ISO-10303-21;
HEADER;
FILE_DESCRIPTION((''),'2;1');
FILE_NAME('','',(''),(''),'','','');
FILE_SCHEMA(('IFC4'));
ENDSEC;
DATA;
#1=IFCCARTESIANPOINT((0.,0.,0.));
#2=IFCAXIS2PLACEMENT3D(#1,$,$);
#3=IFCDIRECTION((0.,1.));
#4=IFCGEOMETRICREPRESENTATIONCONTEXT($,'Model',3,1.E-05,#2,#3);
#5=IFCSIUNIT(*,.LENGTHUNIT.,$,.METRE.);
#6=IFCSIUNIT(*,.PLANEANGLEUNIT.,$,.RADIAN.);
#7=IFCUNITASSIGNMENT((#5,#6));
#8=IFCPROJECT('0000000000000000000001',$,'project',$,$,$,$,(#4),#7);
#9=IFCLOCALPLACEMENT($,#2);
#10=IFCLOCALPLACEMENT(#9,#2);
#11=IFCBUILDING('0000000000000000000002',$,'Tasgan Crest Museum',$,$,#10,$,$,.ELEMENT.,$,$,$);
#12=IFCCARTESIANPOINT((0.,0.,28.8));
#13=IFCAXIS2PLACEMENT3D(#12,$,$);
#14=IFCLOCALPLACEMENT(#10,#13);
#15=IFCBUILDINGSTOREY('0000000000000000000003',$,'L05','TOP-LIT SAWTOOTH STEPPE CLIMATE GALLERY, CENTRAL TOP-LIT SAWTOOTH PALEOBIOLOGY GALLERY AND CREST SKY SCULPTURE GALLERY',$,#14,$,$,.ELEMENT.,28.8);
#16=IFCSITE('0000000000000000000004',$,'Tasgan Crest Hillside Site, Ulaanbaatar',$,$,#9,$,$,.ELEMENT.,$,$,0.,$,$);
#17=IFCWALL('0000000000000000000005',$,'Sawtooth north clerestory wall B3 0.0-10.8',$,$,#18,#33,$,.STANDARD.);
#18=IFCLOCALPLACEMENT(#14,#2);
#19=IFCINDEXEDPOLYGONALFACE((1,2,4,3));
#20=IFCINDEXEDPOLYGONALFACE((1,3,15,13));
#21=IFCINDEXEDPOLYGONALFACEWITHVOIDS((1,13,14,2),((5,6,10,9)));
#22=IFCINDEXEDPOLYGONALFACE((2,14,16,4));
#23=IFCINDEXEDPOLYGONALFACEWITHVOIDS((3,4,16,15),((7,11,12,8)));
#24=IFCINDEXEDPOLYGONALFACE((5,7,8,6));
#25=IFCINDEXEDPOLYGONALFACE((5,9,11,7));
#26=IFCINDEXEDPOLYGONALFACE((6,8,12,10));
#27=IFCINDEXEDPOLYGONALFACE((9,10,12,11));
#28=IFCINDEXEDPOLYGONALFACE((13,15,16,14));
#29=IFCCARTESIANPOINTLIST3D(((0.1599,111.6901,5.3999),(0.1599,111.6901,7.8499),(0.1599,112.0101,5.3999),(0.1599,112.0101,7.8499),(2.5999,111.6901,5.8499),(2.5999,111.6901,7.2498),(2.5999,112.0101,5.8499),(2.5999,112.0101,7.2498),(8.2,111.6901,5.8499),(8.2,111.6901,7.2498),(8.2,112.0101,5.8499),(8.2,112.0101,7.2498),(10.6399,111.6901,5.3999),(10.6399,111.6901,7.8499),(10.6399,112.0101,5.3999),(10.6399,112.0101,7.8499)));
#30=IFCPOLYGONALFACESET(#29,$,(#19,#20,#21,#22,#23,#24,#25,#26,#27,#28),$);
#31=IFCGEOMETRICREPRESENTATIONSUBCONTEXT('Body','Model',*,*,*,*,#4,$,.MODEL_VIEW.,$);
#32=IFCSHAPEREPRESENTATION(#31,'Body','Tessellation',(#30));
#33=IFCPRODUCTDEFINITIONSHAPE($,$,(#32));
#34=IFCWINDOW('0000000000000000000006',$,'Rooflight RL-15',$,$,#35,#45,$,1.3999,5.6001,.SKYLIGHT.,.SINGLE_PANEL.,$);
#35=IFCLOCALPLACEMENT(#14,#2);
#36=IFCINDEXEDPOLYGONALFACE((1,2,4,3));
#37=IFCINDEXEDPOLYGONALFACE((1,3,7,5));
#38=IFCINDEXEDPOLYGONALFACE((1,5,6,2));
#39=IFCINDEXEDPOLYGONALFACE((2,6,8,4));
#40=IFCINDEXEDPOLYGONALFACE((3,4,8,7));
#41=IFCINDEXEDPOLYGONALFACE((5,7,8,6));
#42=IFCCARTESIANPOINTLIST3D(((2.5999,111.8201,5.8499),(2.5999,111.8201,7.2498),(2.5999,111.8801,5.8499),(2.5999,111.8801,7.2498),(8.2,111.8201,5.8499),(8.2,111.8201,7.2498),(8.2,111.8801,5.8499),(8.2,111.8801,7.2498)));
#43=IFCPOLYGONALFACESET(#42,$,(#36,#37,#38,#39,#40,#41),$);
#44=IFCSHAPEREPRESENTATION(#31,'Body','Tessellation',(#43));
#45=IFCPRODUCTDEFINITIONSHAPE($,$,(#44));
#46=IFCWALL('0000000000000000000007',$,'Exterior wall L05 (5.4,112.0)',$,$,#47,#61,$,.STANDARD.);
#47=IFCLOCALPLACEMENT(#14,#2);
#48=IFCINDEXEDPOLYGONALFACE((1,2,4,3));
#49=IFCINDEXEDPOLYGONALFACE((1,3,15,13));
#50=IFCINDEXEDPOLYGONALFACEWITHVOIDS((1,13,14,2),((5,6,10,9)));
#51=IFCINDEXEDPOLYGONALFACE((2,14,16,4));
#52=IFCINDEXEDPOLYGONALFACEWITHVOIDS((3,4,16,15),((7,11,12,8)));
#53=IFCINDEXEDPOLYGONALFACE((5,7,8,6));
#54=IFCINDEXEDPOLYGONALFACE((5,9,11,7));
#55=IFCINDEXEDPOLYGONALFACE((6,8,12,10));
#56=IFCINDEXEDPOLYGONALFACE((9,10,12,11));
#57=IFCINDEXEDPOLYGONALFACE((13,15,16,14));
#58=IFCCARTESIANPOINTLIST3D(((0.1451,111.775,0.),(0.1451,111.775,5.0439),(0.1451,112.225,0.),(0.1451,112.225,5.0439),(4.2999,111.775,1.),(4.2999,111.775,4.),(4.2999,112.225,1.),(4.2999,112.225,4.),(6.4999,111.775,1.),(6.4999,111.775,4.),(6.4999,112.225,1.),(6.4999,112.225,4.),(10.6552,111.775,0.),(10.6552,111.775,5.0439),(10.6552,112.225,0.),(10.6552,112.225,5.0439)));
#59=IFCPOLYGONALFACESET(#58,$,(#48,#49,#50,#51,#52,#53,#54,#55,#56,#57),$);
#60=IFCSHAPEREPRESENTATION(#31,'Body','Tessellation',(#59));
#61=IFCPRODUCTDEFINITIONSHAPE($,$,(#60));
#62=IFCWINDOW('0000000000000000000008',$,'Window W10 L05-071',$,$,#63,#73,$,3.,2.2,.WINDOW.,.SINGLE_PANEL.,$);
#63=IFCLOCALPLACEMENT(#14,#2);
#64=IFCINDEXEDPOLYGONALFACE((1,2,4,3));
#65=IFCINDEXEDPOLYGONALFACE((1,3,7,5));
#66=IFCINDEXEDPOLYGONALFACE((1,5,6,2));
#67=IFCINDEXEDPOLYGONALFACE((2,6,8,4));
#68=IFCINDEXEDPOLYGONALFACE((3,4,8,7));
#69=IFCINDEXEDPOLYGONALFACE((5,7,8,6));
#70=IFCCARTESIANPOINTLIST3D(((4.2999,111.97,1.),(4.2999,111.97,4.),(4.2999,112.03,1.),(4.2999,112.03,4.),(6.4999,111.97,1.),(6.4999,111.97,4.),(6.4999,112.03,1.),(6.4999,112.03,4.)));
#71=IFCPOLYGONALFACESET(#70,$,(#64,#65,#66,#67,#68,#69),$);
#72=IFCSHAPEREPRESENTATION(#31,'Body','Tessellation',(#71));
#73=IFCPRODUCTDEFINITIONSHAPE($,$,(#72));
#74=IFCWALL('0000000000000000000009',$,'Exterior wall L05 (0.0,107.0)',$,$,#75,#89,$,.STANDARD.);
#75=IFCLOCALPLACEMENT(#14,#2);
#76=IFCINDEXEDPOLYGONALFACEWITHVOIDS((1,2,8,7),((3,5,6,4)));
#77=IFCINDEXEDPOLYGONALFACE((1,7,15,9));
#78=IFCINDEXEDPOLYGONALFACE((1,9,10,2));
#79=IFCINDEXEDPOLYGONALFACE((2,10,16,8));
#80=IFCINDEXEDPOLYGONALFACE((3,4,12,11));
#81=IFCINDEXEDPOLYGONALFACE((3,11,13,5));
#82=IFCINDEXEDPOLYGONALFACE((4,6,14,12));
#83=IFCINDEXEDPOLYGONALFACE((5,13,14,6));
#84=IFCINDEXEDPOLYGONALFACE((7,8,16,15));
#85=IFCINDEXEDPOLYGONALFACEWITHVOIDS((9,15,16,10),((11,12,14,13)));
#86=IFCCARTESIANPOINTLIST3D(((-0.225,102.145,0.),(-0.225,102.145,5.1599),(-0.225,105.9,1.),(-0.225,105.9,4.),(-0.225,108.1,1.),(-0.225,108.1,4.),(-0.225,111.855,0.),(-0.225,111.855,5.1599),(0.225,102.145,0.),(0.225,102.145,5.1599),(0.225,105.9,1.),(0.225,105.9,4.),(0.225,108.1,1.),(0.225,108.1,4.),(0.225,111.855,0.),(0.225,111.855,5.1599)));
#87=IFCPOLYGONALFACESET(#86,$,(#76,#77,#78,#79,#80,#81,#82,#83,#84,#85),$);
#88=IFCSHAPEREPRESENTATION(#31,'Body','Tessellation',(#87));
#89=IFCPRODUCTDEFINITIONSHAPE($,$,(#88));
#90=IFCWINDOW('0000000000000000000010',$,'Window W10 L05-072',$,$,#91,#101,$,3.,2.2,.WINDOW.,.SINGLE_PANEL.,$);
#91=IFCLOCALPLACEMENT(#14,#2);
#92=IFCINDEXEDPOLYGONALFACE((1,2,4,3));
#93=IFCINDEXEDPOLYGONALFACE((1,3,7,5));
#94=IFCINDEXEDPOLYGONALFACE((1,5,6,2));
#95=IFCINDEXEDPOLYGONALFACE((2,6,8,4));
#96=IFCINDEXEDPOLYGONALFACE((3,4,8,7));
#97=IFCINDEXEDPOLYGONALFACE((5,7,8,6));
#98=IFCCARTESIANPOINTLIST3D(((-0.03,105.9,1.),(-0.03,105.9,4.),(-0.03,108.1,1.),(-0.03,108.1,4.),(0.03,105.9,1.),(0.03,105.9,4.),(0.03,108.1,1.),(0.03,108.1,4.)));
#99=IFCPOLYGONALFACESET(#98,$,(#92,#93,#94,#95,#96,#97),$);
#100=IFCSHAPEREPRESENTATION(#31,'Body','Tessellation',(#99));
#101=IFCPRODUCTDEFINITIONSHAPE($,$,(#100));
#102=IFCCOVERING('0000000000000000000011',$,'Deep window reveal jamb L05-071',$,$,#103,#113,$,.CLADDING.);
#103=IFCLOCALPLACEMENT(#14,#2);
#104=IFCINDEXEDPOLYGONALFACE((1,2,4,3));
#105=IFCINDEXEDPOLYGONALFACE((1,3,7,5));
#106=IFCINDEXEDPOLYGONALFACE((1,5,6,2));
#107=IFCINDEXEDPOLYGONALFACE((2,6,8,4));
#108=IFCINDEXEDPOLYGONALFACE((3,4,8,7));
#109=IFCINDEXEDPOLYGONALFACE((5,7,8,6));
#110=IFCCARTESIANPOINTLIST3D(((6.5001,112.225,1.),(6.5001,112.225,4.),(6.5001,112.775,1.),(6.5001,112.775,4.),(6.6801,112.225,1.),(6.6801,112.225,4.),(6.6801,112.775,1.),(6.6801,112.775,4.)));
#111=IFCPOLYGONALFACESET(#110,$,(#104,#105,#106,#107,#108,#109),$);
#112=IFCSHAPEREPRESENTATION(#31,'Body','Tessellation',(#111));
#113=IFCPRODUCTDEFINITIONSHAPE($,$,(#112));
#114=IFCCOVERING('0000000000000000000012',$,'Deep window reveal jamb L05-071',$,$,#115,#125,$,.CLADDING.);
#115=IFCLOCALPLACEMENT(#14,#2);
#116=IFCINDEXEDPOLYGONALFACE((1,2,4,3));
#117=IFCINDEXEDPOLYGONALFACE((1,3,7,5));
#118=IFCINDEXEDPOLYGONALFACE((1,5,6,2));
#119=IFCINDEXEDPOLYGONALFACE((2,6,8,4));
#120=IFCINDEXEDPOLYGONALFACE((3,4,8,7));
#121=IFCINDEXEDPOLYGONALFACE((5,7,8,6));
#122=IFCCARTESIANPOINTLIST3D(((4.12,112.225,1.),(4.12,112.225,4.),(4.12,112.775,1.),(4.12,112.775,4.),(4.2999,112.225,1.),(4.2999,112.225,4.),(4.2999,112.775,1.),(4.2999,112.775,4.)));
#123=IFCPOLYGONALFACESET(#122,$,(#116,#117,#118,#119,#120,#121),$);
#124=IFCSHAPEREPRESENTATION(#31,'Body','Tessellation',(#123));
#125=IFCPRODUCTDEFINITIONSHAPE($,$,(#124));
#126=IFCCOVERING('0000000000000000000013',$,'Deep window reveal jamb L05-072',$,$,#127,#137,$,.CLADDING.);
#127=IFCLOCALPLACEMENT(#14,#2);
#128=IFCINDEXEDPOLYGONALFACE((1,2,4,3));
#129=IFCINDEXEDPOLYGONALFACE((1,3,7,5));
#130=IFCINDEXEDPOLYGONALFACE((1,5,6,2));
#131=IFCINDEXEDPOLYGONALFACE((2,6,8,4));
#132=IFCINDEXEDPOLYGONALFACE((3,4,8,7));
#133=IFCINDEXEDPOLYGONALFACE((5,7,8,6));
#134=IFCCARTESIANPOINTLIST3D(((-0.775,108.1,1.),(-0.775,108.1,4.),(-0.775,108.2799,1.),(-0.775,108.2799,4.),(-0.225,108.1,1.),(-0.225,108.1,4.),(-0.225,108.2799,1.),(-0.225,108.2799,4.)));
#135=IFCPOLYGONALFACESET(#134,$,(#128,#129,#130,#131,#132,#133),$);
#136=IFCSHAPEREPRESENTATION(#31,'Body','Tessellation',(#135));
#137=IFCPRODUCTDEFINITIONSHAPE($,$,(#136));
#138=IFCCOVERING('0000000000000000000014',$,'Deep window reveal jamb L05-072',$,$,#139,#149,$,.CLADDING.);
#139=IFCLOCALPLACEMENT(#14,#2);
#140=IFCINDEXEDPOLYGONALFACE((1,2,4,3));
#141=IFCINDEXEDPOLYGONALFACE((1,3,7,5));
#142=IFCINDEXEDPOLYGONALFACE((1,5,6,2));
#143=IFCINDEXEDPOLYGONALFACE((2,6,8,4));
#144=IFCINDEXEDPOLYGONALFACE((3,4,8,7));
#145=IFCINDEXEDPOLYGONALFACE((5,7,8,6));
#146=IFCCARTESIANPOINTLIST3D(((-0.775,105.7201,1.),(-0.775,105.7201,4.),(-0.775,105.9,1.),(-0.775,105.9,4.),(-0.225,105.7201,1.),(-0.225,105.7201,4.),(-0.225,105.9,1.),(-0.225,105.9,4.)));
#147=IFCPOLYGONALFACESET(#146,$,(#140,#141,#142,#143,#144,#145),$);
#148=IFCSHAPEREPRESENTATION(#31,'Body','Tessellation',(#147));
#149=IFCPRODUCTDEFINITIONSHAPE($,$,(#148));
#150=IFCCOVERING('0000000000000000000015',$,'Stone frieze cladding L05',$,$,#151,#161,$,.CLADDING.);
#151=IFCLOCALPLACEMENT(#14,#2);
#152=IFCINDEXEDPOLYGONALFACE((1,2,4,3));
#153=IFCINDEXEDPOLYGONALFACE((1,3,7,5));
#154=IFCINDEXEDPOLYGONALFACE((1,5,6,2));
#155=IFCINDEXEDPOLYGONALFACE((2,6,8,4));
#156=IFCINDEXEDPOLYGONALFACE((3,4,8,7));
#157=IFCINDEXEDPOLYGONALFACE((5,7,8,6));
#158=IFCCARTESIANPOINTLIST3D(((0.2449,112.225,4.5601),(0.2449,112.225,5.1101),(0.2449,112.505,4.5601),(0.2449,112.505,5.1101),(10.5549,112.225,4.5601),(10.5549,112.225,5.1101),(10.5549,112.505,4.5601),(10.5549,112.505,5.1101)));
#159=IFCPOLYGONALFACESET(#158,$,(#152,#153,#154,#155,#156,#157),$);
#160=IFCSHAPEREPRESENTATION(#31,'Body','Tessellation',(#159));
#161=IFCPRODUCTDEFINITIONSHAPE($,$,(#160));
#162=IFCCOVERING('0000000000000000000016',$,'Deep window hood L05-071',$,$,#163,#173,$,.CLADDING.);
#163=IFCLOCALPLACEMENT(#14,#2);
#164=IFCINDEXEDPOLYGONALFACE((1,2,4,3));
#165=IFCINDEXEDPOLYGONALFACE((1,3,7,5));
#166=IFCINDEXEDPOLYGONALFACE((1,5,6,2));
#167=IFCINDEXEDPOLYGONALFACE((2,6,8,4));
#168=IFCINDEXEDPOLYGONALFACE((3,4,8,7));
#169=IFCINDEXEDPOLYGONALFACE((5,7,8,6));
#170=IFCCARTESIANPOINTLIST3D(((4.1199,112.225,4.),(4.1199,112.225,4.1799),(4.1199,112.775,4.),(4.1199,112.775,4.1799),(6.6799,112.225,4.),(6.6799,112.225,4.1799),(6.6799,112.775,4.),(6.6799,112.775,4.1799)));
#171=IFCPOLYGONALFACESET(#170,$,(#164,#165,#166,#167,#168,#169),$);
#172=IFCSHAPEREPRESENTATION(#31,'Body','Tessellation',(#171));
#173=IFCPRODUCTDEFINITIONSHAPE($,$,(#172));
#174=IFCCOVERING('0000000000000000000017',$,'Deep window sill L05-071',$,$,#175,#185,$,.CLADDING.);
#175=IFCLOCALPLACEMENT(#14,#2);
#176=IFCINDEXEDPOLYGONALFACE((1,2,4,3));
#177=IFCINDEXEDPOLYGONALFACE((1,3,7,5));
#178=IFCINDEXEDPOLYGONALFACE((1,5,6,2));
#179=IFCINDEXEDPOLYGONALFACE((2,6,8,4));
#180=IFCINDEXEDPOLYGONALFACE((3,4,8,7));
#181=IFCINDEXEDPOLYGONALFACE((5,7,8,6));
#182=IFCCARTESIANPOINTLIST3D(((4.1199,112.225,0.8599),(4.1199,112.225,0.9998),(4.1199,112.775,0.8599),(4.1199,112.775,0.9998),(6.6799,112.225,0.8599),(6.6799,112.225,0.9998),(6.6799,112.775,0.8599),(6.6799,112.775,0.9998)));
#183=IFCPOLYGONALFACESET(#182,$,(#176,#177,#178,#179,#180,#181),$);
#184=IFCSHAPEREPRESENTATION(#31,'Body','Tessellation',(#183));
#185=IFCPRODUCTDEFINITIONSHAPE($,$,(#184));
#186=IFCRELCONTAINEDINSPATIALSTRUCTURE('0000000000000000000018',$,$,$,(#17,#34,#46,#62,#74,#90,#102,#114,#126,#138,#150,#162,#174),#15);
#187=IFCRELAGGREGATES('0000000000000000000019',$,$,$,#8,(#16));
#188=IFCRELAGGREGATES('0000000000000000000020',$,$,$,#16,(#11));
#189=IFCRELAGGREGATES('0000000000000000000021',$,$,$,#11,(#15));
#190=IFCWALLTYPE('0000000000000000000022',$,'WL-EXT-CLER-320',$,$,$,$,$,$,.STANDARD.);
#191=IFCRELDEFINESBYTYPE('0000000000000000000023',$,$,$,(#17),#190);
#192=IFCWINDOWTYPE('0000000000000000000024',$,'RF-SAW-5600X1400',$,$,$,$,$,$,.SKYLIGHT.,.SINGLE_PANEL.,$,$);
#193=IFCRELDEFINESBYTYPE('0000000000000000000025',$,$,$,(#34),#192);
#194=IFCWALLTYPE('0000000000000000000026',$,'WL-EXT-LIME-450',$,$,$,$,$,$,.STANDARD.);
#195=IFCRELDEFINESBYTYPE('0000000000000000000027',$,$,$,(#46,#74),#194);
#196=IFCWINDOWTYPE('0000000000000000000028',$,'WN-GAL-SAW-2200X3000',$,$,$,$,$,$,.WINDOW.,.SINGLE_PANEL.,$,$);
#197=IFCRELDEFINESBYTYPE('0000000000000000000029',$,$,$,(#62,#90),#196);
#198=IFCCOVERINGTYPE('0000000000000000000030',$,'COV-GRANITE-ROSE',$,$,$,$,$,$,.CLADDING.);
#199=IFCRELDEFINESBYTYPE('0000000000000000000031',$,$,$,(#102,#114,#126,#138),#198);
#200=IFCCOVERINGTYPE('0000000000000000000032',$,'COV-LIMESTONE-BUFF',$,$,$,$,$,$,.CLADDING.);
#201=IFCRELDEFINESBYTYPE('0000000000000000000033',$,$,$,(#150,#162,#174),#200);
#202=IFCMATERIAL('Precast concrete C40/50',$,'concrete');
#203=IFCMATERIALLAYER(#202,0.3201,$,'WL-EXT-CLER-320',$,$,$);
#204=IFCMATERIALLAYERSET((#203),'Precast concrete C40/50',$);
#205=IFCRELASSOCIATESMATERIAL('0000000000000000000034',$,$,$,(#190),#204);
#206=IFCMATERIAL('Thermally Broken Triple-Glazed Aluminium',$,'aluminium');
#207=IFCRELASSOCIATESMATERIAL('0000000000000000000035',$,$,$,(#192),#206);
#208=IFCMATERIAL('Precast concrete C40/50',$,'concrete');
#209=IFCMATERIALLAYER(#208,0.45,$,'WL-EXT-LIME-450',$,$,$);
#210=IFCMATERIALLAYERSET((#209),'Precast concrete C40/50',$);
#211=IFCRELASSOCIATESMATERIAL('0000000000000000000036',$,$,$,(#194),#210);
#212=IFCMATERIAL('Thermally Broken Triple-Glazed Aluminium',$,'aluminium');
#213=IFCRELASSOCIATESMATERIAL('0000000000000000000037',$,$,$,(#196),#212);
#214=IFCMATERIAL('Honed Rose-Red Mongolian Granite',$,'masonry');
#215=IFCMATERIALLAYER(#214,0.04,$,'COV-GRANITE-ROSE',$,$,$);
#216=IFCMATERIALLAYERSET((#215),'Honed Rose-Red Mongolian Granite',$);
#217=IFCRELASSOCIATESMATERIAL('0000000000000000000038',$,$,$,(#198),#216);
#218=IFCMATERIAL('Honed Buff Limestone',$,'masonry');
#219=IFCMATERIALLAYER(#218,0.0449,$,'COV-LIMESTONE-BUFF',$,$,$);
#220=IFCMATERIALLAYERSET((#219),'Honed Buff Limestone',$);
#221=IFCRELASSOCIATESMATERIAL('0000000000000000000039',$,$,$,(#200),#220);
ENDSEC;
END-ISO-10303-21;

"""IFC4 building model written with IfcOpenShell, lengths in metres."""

from ifc_helpers import new_model, si_unit, direction, frame, frame_2d, origin, origin_2d, place, context, subcontext, project, spatial, rectangle, extrude, material, layer, layer_set, type_object, element, fill, save


model = new_model("IFC4")

# Units and contexts
model_context = context("Model", 3, precision=1e-05, world=origin(), true_north=direction((0.0, 1.0)))
body_context = subcontext(model_context, "Body", "Model", "MODEL_VIEW")
ifc_project = project(units=[si_unit("LENGTHUNIT", "METRE"), si_unit("PLANEANGLEUNIT", "RADIAN")], contexts=[model_context])

# Site, building, storey
site_placement = place(None, origin())
site = spatial("IfcSite", under=ifc_project, at=site_placement, Name="Tasgan Crest Hillside Site, Ulaanbaatar", CompositionType="ELEMENT", RefElevation=0.0)
building_placement = place(site_placement, origin())
building = spatial("IfcBuilding", under=site, at=building_placement, Name="Tasgan Crest Museum", CompositionType="ELEMENT")
storey_placement = place(building_placement, frame((0.0, 0.0, 28.8)))
storey = spatial("IfcBuildingStorey", under=building, at=storey_placement, Name="L05", Description="TOP-LIT SAWTOOTH STEPPE CLIMATE GALLERY, CENTRAL TOP-LIT SAWTOOTH PALEOBIOLOGY GALLERY AND CREST SKY SCULPTURE GALLERY", CompositionType="ELEMENT", Elevation=28.8)

# Walls, openings, windows
ifc_material_1 = material(Name="Precast concrete C40/50", Category="concrete")
ifc_layer_1 = layer(ifc_material_1, 0.3201, Name="WL-EXT-CLER-320")
ifc_layer_set_1 = layer_set([ifc_layer_1], Name="Precast concrete C40/50")
wall_type_1 = type_object("IfcWallType", Name="WL-EXT-CLER-320", PredefinedType="STANDARD", material=ifc_layer_set_1)
wall_1_placement = place(storey_placement, frame((0.1599, 111.8501, 5.3999), z_axis=(0.0, 0.0, 1.0), x_axis=(1.0, 0.0, 0.0)))
wall_1 = element("IfcWall", 1, at=wall_1_placement, inside=storey, type_object=wall_type_1, Name="Sawtooth north clerestory wall B3 0.0-10.8", PredefinedType="STANDARD", context=body_context, shape_type="SweptSolid", body=[
    extrude(rectangle(XDim=10.48, YDim=0.3201, at=frame_2d((5.24, 0.0))), origin(), (0.0, 0.0, 1.0), 2.45),
])
opening_1_placement = place(wall_1_placement, frame((2.4399, 0.0, 0.45)))
opening_1 = element("IfcOpeningElement", 2, at=opening_1_placement, cuts=wall_1, PredefinedType="OPENING", context=body_context, shape_type="SweptSolid", body=[
    extrude(rectangle(XDim=5.6001, YDim=1.3999, at=frame_2d((2.8, 0.7))), frame((0.0, 0.1699, 0.0), z_axis=(0.0, -1.0, 0.0), x_axis=(1.0, 0.0, 0.0)), (0.0, 0.0, 1.0), 0.3401),
])
ifc_material_2 = material(Name="Thermally Broken Triple-Glazed Aluminium", Category="aluminium")
window_type_1 = type_object("IfcWindowType", Name="RF-SAW-5600X1400", PartitioningType="SINGLE_PANEL", PredefinedType="SKYLIGHT", material=ifc_material_2)
window_1_placement = place(opening_1_placement, origin())
window_1 = element("IfcWindow", 3, at=window_1_placement, inside=storey, type_object=window_type_1, Name="Rooflight RL-15", OverallHeight=1.3999, OverallWidth=5.6001, PartitioningType="SINGLE_PANEL", PredefinedType="SKYLIGHT", context=body_context, shape_type="SweptSolid", body=[
    extrude(rectangle(XDim=5.6001, YDim=1.3999, at=frame_2d((2.8, 0.7))), frame((0.0, 0.03, 0.0), z_axis=(0.0, -1.0, 0.0), x_axis=(1.0, 0.0, 0.0)), (0.0, 0.0, 1.0), 0.0601),
])
fill(opening_1, window_1)
ifc_material_3 = material(Name="Precast concrete C40/50", Category="concrete")
ifc_layer_2 = layer(ifc_material_3, 0.45, Name="WL-EXT-LIME-450")
ifc_layer_set_2 = layer_set([ifc_layer_2], Name="Precast concrete C40/50")
wall_type_2 = type_object("IfcWallType", Name="WL-EXT-LIME-450", PredefinedType="STANDARD", material=ifc_layer_set_2)
wall_2_placement = place(storey_placement, frame((10.655, 112.0, 0.0), z_axis=(0.0, 0.0, 1.0), x_axis=(-1.0, 0.0, 0.0)))
wall_2 = element("IfcWall", 4, at=wall_2_placement, inside=storey, type_object=wall_type_2, Name="Exterior wall L05 (5.4,112.0)", PredefinedType="STANDARD", context=body_context, shape_type="SweptSolid", body=[
    extrude(rectangle(XDim=10.51, YDim=0.45, at=frame_2d((5.2549, 0.0))), origin(), (0.0, 0.0, 1.0), 5.0439),
])
opening_2_placement = place(wall_2_placement, frame((4.155, 0.0, 1.0)))
opening_2 = element("IfcOpeningElement", 5, at=opening_2_placement, cuts=wall_2, PredefinedType="OPENING", context=body_context, shape_type="SweptSolid", body=[
    extrude(rectangle(XDim=2.2, YDim=3.0, at=frame_2d((1.1001, 1.5))), frame((0.0, 0.2349, 0.0), z_axis=(0.0, -1.0, 0.0), x_axis=(1.0, 0.0, 0.0)), (0.0, 0.0, 1.0), 0.47),
])
ifc_material_4 = material(Name="Thermally Broken Triple-Glazed Aluminium", Category="aluminium")
window_type_2 = type_object("IfcWindowType", Name="WN-GAL-SAW-2200X3000", PartitioningType="SINGLE_PANEL", PredefinedType="WINDOW", material=ifc_material_4)
window_2_placement = place(opening_2_placement, origin())
window_2 = element("IfcWindow", 6, at=window_2_placement, inside=storey, type_object=window_type_2, Name="Window W10 L05-071", OverallHeight=3.0, OverallWidth=2.2, PartitioningType="SINGLE_PANEL", PredefinedType="WINDOW", context=body_context, shape_type="SweptSolid", body=[
    extrude(rectangle(XDim=2.2, YDim=3.0, at=frame_2d((1.1001, 1.5))), frame((0.0, 0.03, 0.0), z_axis=(0.0, -1.0, 0.0), x_axis=(1.0, 0.0, 0.0)), (0.0, 0.0, 1.0), 0.0601),
])
fill(opening_2, window_2)
wall_3_placement = place(storey_placement, frame((0.0, 111.855, 0.0), z_axis=(0.0, 0.0, 1.0), x_axis=(0.0, -1.0, 0.0)))
wall_3 = element("IfcWall", 7, at=wall_3_placement, inside=storey, type_object=wall_type_2, Name="Exterior wall L05 (0.0,107.0)", PredefinedType="STANDARD", context=body_context, shape_type="SweptSolid", body=[
    extrude(rectangle(XDim=9.71, YDim=0.45, at=frame_2d((4.855, 0.0))), origin(), (0.0, 0.0, 1.0), 5.1599),
])
opening_3_placement = place(wall_3_placement, frame((3.7549, 0.0, 1.0)))
opening_3 = element("IfcOpeningElement", 8, at=opening_3_placement, cuts=wall_3, PredefinedType="OPENING", context=body_context, shape_type="SweptSolid", body=[
    extrude(rectangle(XDim=2.2, YDim=3.0, at=frame_2d((1.1001, 1.5))), frame((0.0, 0.2349, 0.0), z_axis=(0.0, -1.0, 0.0), x_axis=(1.0, 0.0, 0.0)), (0.0, 0.0, 1.0), 0.47),
])
window_3_placement = place(opening_3_placement, origin())
window_3 = element("IfcWindow", 9, at=window_3_placement, inside=storey, type_object=window_type_2, Name="Window W10 L05-072", OverallHeight=3.0, OverallWidth=2.2, PartitioningType="SINGLE_PANEL", PredefinedType="WINDOW", context=body_context, shape_type="SweptSolid", body=[
    extrude(rectangle(XDim=2.2, YDim=3.0, at=frame_2d((1.1001, 1.5))), frame((0.0, 0.03, 0.0), z_axis=(0.0, -1.0, 0.0), x_axis=(1.0, 0.0, 0.0)), (0.0, 0.0, 1.0), 0.0601),
])
fill(opening_3, window_3)

# Coverings
ifc_material_5 = material(Name="Honed Rose-Red Mongolian Granite", Category="masonry")
ifc_layer_3 = layer(ifc_material_5, 0.04, Name="COV-GRANITE-ROSE")
ifc_layer_set_3 = layer_set([ifc_layer_3], Name="Honed Rose-Red Mongolian Granite")
covering_type_1 = type_object("IfcCoveringType", Name="COV-GRANITE-ROSE", PredefinedType="CLADDING", material=ifc_layer_set_3)
for number, where, z_axis, x_axis, name in (
    (10, (6.5901, 112.5, 1.0), (0.0, 0.0, 1.0), (-1.0, 0.0, 0.0), "Deep window reveal jamb L05-071"),
    (11, (4.21, 112.5, 1.0), (0.0, 0.0, 1.0), (-1.0, 0.0, 0.0), "Deep window reveal jamb L05-071"),
    (12, (-0.5, 108.1899, 1.0), (0.0, 0.0, 1.0), (0.0, -1.0, 0.0), "Deep window reveal jamb L05-072"),
    (13, (-0.5, 105.8101, 1.0), (0.0, 0.0, 1.0), (0.0, -1.0, 0.0), "Deep window reveal jamb L05-072"),
):
    element("IfcCovering", number, at=place(storey_placement, frame(where, z_axis=z_axis, x_axis=x_axis)), inside=storey, type_object=covering_type_1, Name=name, PredefinedType="CLADDING", context=body_context, shape_type="SweptSolid", body=[
        extrude(rectangle(XDim=0.1799, YDim=0.55, at=origin_2d()), origin(), (0.0, 0.0, 1.0), 3.0),
    ])
ifc_material_6 = material(Name="Honed Buff Limestone", Category="masonry")
ifc_layer_4 = layer(ifc_material_6, 0.0449, Name="COV-LIMESTONE-BUFF")
ifc_layer_set_4 = layer_set([ifc_layer_4], Name="Honed Buff Limestone")
covering_type_2 = type_object("IfcCoveringType", Name="COV-LIMESTONE-BUFF", PredefinedType="CLADDING", material=ifc_layer_set_4)
covering_1_placement = place(storey_placement, frame((5.3999, 112.365, 4.5601), z_axis=(0.0, 0.0, 1.0), x_axis=(-1.0, 0.0, 0.0)))
element("IfcCovering", 14, at=covering_1_placement, inside=storey, type_object=covering_type_2, Name="Stone frieze cladding L05", PredefinedType="CLADDING", context=body_context, shape_type="SweptSolid", body=[
    extrude(rectangle(XDim=10.3101, YDim=0.28, at=origin_2d()), origin(), (0.0, 0.0, 1.0), 0.55),
])
covering_2_placement = place(storey_placement, frame((5.3999, 112.5, 4.0), z_axis=(0.0, 0.0, 1.0), x_axis=(-1.0, 0.0, 0.0)))
element("IfcCovering", 15, at=covering_2_placement, inside=storey, type_object=covering_type_2, Name="Deep window hood L05-071", PredefinedType="CLADDING", context=body_context, shape_type="SweptSolid", body=[
    extrude(rectangle(XDim=2.5601, YDim=0.55, at=origin_2d()), origin(), (0.0, 0.0, 1.0), 0.1799),
])
covering_3_placement = place(storey_placement, frame((5.3999, 112.5, 0.8599), z_axis=(0.0, 0.0, 1.0), x_axis=(-1.0, 0.0, 0.0)))
element("IfcCovering", 16, at=covering_3_placement, inside=storey, type_object=covering_type_2, Name="Deep window sill L05-071", PredefinedType="CLADDING", context=body_context, shape_type="SweptSolid", body=[
    extrude(rectangle(XDim=2.5601, YDim=0.55, at=origin_2d()), origin(), (0.0, 0.0, 1.0), 0.1399),
])

save(model, "model.ifc")
